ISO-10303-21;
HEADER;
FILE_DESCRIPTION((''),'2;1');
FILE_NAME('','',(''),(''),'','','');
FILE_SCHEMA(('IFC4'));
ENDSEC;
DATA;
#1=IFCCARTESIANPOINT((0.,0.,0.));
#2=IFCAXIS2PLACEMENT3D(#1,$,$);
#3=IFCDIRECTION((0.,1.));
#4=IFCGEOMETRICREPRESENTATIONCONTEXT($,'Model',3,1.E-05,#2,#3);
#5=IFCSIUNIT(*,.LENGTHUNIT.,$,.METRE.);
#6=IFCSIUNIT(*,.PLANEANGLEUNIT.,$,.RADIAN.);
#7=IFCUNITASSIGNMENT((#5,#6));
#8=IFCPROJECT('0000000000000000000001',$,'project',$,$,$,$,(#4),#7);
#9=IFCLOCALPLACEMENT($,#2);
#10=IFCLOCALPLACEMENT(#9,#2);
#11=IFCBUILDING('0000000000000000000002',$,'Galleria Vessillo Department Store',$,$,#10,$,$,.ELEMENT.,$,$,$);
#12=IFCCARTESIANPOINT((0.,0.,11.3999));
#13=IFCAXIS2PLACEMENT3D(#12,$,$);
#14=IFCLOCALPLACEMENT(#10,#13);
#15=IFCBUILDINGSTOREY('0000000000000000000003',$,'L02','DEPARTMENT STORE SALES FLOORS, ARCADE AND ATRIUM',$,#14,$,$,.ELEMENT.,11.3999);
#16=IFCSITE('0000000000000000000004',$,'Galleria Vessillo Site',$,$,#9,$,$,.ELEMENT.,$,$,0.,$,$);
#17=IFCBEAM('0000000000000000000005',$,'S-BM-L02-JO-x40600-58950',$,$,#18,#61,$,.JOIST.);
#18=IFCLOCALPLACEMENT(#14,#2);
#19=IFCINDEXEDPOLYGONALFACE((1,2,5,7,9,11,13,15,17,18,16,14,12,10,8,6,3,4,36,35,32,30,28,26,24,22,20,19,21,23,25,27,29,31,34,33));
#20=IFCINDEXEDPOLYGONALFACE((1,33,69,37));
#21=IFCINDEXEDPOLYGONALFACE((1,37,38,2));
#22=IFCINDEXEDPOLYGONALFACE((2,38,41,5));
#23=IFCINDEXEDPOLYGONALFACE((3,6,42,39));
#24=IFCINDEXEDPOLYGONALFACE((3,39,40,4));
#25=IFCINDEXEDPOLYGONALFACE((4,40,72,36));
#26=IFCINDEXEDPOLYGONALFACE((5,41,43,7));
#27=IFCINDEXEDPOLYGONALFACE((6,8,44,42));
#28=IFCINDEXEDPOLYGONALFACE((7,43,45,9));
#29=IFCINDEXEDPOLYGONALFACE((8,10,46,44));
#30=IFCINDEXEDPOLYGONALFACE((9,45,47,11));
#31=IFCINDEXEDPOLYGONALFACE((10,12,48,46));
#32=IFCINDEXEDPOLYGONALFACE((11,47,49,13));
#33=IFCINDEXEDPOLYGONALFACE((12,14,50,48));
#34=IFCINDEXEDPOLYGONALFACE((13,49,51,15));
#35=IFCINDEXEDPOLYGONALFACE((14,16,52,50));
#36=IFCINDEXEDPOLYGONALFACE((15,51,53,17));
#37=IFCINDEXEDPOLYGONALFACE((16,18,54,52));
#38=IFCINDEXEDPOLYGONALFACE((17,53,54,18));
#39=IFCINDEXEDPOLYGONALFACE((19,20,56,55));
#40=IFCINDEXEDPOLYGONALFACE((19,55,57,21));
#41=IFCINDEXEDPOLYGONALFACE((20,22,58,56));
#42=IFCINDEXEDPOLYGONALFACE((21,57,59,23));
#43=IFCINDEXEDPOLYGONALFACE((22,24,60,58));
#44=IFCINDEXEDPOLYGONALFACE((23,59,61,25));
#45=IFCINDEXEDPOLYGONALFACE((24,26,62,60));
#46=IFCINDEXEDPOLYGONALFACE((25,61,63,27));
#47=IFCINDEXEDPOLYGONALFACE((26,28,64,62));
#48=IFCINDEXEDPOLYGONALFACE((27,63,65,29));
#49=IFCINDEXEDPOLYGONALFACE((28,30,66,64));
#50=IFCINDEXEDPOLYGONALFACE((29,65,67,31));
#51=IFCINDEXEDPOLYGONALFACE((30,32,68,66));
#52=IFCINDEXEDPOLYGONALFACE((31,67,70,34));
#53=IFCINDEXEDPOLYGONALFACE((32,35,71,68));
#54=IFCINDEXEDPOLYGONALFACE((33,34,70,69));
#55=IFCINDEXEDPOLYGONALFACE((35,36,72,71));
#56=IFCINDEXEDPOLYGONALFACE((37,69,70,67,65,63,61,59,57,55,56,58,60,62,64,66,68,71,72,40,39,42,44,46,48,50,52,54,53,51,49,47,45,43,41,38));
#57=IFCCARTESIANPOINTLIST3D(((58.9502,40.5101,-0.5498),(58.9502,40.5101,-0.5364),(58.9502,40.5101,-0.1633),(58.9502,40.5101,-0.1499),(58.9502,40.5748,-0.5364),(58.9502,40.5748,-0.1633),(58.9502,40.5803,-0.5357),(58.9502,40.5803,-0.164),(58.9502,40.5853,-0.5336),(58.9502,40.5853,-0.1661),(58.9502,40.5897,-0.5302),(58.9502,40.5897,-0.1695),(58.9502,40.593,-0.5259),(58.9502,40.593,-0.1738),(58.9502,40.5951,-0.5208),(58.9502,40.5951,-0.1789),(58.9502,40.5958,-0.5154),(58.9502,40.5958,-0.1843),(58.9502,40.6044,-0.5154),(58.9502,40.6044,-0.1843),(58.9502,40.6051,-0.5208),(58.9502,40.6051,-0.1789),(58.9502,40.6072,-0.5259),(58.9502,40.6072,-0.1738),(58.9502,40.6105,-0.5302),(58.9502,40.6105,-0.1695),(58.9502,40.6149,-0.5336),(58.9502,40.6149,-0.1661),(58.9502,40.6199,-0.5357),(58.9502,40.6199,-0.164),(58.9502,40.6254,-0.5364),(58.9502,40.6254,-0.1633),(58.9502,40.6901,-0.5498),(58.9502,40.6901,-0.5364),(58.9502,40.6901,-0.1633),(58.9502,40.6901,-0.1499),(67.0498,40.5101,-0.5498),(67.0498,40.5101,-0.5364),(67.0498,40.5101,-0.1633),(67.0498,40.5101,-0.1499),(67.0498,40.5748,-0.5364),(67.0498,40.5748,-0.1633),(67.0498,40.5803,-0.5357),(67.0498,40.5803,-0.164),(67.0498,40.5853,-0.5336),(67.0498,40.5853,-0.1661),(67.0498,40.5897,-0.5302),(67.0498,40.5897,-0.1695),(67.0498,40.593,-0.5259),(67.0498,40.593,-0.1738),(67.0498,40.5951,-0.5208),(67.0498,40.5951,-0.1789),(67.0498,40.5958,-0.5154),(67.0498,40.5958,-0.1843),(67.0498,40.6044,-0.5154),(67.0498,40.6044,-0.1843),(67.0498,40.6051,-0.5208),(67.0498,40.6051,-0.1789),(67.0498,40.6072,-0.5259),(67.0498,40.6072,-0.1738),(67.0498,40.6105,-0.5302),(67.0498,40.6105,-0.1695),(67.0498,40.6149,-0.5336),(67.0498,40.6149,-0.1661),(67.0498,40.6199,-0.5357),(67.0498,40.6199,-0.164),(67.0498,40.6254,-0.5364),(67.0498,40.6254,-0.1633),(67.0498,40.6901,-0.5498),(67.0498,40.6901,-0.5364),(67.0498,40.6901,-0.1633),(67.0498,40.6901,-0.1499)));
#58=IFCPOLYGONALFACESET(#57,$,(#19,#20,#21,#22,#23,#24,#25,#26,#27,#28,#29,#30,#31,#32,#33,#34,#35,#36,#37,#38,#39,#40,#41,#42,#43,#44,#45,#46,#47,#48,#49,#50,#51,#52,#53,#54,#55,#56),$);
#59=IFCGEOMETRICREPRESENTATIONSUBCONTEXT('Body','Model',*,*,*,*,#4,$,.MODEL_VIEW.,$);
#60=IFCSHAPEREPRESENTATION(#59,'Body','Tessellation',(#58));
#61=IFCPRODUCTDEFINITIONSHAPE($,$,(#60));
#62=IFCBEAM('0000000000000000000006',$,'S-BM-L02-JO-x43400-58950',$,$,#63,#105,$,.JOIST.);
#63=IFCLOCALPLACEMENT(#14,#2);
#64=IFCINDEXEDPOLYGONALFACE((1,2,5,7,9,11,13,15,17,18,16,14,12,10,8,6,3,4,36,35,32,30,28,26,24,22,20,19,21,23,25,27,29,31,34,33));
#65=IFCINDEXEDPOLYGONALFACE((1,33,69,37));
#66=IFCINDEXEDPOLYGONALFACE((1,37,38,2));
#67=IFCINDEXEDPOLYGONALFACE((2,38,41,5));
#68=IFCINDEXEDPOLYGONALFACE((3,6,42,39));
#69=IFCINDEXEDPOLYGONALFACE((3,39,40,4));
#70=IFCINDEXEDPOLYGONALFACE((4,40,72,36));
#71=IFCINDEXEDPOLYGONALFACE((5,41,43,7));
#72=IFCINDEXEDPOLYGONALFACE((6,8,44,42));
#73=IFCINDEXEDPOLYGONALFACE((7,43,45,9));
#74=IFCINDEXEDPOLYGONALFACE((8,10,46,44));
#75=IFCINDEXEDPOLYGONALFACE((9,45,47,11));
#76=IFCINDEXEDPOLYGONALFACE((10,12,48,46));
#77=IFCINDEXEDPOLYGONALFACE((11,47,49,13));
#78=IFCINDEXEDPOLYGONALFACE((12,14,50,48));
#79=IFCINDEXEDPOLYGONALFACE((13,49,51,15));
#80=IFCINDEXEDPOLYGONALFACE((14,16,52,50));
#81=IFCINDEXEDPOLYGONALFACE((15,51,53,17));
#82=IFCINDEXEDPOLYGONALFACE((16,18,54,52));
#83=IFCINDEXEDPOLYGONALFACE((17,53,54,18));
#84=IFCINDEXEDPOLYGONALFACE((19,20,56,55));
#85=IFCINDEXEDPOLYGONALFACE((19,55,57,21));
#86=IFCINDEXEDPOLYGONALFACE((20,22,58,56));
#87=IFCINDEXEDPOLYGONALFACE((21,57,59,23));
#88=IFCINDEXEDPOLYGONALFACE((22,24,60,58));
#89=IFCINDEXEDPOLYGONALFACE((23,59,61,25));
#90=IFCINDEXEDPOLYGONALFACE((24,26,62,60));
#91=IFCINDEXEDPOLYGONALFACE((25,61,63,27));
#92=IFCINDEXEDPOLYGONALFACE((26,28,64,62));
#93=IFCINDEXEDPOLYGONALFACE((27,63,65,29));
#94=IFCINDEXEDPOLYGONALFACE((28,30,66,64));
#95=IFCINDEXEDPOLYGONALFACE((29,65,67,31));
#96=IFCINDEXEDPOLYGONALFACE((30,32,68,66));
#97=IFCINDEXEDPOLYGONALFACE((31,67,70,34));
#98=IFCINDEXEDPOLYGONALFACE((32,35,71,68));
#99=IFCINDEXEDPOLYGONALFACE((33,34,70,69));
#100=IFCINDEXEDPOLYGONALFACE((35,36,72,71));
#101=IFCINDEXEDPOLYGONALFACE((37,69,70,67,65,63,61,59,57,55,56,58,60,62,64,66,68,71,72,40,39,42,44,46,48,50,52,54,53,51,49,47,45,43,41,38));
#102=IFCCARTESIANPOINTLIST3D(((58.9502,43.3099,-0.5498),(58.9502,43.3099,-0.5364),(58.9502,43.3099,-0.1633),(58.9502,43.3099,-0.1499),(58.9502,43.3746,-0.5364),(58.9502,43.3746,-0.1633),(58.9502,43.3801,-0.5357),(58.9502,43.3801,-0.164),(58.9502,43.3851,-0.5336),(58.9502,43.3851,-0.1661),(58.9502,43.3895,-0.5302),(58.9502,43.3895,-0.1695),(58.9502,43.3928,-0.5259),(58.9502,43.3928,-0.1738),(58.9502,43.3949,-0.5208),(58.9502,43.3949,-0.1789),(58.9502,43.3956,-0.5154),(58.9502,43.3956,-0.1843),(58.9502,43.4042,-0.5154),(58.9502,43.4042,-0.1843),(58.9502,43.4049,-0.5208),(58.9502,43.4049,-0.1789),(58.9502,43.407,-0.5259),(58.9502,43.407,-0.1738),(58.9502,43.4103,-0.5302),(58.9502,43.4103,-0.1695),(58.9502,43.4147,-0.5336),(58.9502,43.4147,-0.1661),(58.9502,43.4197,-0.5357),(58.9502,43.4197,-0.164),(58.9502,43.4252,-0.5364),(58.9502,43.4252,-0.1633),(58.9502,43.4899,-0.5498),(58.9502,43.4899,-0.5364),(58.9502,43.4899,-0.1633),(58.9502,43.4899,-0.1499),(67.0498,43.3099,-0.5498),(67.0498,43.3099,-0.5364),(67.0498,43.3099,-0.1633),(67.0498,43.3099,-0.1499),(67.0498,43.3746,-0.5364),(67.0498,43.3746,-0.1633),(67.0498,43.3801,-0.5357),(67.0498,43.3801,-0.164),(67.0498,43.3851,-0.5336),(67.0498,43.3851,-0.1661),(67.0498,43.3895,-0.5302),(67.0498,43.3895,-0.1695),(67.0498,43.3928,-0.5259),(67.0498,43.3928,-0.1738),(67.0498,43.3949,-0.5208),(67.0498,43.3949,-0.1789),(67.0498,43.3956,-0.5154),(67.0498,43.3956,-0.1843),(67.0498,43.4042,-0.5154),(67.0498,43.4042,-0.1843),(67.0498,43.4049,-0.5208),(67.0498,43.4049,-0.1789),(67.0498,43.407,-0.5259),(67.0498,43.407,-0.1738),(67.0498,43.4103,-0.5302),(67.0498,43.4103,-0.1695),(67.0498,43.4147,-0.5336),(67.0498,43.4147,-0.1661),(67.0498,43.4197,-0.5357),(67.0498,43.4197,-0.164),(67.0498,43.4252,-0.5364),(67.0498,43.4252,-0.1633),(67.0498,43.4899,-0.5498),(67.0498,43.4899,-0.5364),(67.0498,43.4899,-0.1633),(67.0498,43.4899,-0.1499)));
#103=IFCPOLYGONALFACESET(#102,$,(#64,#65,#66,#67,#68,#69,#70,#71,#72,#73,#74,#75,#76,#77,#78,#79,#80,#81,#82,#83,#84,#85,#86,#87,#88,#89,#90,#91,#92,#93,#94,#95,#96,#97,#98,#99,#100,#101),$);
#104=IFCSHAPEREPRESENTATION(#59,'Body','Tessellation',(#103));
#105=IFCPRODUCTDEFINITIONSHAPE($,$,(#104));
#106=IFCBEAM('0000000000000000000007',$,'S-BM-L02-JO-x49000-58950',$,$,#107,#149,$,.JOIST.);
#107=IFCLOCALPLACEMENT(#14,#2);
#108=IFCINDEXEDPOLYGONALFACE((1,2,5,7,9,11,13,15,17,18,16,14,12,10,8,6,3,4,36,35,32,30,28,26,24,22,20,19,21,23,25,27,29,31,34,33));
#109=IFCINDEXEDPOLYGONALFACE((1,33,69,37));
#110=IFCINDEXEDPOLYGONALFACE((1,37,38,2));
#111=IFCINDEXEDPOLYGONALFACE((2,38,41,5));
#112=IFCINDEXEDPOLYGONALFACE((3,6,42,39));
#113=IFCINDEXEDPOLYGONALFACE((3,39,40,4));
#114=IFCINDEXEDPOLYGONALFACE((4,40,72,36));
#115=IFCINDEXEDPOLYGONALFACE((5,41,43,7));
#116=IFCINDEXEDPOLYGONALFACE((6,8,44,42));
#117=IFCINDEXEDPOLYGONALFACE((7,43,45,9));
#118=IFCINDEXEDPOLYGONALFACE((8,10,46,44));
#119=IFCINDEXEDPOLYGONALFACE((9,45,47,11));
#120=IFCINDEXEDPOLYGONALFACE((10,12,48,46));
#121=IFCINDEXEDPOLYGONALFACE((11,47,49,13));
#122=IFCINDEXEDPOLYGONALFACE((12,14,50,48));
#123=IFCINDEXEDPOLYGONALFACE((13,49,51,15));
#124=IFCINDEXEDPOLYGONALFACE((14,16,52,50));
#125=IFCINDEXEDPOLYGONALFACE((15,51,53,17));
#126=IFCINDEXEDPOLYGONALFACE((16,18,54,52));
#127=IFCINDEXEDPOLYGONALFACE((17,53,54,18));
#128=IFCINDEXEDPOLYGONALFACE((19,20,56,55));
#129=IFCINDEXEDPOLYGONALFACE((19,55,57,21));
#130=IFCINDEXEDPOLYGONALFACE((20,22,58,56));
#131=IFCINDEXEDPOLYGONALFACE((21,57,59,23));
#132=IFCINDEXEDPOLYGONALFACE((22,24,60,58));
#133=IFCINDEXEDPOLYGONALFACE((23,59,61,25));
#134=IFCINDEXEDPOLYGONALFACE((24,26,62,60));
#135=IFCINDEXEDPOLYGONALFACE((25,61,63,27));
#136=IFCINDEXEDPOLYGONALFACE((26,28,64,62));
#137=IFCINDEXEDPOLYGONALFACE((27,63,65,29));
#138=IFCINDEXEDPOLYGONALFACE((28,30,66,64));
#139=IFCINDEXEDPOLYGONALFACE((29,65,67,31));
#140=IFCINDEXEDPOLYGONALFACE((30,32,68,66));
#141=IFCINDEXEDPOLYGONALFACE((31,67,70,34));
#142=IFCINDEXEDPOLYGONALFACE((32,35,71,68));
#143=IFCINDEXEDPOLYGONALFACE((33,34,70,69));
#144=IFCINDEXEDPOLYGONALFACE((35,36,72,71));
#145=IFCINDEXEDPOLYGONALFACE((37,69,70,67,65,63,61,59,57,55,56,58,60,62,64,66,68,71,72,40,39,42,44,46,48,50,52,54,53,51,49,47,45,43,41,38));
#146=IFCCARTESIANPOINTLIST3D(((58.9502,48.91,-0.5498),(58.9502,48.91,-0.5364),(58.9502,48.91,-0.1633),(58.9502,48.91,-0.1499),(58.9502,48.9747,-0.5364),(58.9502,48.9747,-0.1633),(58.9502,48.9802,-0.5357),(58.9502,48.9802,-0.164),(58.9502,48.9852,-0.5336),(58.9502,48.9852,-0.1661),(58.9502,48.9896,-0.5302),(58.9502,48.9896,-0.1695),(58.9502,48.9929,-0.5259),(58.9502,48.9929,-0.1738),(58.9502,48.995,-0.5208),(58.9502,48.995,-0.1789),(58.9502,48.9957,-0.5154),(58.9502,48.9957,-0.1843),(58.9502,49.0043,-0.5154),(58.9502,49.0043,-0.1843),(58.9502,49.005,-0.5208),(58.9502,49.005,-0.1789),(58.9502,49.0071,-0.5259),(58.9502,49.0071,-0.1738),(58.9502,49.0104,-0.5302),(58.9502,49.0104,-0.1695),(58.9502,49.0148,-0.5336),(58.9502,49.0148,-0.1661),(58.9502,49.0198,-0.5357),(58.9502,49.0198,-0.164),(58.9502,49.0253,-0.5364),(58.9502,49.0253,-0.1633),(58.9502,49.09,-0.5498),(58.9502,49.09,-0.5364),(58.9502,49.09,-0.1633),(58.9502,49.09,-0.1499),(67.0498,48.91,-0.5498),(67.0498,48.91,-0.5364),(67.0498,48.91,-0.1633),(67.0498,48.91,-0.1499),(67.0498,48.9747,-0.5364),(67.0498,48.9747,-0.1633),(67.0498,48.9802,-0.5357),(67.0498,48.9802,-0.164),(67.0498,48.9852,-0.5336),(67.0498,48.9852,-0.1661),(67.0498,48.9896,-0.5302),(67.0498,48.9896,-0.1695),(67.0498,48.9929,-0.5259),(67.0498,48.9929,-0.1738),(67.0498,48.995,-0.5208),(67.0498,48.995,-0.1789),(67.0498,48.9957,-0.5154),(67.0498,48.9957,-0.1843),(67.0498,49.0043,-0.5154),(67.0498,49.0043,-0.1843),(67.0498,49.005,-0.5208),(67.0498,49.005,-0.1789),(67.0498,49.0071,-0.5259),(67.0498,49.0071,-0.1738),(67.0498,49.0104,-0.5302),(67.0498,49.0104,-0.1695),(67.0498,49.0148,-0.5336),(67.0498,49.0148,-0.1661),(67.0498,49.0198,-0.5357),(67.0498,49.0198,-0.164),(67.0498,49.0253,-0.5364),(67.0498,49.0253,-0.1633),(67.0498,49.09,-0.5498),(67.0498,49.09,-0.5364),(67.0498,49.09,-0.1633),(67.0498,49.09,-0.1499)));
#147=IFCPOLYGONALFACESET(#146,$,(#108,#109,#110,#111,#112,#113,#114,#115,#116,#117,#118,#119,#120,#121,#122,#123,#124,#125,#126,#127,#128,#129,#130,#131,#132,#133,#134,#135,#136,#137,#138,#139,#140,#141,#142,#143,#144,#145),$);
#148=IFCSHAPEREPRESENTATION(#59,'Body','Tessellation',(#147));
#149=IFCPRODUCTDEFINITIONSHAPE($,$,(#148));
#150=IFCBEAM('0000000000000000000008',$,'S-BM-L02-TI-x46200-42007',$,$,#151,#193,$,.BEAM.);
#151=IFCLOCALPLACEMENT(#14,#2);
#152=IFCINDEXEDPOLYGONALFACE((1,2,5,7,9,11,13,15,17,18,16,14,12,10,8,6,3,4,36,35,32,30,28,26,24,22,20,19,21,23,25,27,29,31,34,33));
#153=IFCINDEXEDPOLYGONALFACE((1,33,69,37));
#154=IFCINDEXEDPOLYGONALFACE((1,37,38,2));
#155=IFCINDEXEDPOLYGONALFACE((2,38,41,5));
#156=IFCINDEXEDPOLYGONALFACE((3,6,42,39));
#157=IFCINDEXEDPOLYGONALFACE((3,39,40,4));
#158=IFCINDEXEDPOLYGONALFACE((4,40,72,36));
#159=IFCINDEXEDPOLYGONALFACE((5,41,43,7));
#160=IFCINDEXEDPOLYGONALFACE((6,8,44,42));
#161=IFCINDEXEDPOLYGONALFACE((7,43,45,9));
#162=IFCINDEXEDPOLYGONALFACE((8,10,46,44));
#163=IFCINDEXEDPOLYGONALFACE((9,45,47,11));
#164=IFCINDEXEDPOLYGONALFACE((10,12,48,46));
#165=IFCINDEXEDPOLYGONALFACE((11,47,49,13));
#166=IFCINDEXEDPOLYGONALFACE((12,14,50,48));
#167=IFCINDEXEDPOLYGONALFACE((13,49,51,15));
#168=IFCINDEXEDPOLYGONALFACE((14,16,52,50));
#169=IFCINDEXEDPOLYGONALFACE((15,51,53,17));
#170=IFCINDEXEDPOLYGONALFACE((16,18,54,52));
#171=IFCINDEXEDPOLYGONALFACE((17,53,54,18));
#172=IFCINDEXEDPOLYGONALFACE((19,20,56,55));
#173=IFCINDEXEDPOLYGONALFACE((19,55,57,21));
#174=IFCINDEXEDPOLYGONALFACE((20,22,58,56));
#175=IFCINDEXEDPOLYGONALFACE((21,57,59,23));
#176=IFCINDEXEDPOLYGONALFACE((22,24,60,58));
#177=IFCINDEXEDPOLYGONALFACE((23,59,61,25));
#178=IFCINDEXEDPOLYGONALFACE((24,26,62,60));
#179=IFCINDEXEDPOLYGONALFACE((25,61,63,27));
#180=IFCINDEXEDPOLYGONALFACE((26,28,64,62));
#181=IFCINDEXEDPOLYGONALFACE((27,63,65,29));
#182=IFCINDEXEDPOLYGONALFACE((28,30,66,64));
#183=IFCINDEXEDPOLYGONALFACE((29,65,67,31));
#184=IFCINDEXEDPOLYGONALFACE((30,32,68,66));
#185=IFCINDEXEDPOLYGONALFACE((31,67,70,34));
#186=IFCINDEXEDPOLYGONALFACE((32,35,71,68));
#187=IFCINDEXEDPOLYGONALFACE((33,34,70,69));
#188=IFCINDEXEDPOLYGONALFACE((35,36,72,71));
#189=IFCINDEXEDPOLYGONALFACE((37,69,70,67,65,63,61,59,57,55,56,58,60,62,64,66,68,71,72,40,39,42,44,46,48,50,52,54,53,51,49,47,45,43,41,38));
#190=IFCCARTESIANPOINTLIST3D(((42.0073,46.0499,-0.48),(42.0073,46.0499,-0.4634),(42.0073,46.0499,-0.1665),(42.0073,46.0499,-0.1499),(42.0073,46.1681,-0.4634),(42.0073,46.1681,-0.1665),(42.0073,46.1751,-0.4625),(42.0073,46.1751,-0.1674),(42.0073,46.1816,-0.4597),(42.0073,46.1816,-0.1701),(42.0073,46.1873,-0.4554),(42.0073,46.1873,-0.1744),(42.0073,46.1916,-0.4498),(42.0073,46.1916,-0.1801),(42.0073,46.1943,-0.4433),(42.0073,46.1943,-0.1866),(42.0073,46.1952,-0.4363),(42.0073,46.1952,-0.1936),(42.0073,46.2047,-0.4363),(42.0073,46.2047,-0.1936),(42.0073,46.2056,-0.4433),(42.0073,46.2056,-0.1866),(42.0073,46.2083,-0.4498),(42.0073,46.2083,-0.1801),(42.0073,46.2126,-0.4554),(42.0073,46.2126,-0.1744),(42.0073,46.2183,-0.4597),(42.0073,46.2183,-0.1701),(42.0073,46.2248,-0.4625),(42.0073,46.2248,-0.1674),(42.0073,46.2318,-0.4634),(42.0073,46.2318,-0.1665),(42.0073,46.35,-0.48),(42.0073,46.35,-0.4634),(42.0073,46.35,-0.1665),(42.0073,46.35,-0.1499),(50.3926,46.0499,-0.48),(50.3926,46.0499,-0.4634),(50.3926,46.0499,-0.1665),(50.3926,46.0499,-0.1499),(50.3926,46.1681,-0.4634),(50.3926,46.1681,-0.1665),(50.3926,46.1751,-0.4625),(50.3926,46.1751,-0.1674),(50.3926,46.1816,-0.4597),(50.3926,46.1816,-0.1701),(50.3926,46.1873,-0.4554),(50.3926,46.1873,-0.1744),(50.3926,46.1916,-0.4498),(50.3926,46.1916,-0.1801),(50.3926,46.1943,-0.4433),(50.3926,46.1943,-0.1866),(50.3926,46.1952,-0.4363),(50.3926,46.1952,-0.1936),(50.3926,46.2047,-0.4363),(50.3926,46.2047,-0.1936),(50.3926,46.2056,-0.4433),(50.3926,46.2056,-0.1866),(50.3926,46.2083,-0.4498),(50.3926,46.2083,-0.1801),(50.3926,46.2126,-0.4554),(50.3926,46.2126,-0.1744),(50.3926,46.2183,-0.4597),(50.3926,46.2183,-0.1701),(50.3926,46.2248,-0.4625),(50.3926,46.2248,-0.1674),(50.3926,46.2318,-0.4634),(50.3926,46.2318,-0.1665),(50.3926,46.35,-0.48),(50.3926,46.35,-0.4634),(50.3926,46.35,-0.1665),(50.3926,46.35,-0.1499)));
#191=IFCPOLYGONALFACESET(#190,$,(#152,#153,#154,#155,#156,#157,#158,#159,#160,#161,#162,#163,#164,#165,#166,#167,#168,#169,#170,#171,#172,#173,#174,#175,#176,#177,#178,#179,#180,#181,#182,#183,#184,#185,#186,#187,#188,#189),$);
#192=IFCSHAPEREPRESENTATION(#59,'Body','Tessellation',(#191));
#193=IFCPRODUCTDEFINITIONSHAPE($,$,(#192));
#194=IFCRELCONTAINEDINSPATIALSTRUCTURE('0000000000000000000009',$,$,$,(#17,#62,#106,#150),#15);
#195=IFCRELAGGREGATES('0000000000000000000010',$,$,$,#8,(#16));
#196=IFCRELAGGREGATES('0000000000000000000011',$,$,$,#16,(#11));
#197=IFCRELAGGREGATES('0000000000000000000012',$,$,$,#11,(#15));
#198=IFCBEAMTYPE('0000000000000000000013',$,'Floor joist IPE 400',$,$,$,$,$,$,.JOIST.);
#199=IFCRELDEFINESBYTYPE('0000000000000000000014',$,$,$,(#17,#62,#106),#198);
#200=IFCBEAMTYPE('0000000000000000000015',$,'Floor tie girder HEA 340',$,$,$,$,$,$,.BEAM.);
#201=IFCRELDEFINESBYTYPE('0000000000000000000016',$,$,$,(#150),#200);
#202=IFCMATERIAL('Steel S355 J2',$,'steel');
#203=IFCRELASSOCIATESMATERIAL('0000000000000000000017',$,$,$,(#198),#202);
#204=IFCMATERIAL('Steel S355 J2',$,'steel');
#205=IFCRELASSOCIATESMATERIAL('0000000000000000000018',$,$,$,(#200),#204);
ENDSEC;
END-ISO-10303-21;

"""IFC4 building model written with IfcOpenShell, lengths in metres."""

from ifc_helpers import new_model, si_unit, direction, frame, origin, origin_2d, place, context, subcontext, project, spatial, i_section, extrude, material, material_profile, profile_set, type_object, element, save


model = new_model("IFC4")

# Units and contexts
model_context = context("Model", 3, precision=1e-05, world=origin(), true_north=direction((0.0, 1.0)))
body_context = subcontext(model_context, "Body", "Model", "MODEL_VIEW")
ifc_project = project(units=[si_unit("LENGTHUNIT", "METRE"), si_unit("PLANEANGLEUNIT", "RADIAN")], contexts=[model_context])

# Site, building, storey
site_placement = place(None, origin())
site = spatial("IfcSite", under=ifc_project, at=site_placement, Name="Galleria Vessillo Site", CompositionType="ELEMENT", RefElevation=0.0)
building_placement = place(site_placement, origin())
building = spatial("IfcBuilding", under=site, at=building_placement, Name="Galleria Vessillo Department Store", CompositionType="ELEMENT")
storey_placement = place(building_placement, frame((0.0, 0.0, 11.3999)))
storey = spatial("IfcBuildingStorey", under=building, at=storey_placement, Name="L02", Description="DEPARTMENT STORE SALES FLOORS, ARCADE AND ATRIUM", CompositionType="ELEMENT", Elevation=11.3999)

# Beams
ifc_material_1 = material(Name="Steel S355 J2", Category="steel")
ifc_material_profile_1 = material_profile(ifc_material_1, i_section(OverallWidth=0.1799, OverallDepth=0.3999, WebThickness=0.0085, FlangeThickness=0.0134, FilletRadius=0.021, at=origin_2d()), Name="IPE 400")
ifc_profile_set_1 = profile_set([ifc_material_profile_1], Name="Steel S355 J2")
beam_type_1 = type_object("IfcBeamType", Name="Floor joist IPE 400", PredefinedType="JOIST", material=ifc_profile_set_1)
for number, where, z_axis, x_axis, name in (
    (1, (58.9502, 40.6001, -0.3499), (1.0, 0.0, 0.0), (0.0, 1.0, 0.0), "S-BM-L02-JO-x40600-58950"),
    (2, (58.9502, 43.3999, -0.3499), (1.0, 0.0, 0.0), (0.0, 1.0, 0.0), "S-BM-L02-JO-x43400-58950"),
    (3, (58.9502, 49.0, -0.3499), (1.0, 0.0, 0.0), (0.0, 1.0, 0.0), "S-BM-L02-JO-x49000-58950"),
):
    element("IfcBeam", number, at=place(storey_placement, frame(where, z_axis=z_axis, x_axis=x_axis)), inside=storey, type_object=beam_type_1, Name=name, PredefinedType="JOIST", context=body_context, shape_type="SweptSolid", body=[
        extrude(i_section(OverallWidth=0.1799, OverallDepth=0.3999, WebThickness=0.0085, FlangeThickness=0.0134, FilletRadius=0.021, at=origin_2d()), origin(), (0.0, 0.0, 1.0), 8.0996),
    ])
ifc_material_2 = material(Name="Steel S355 J2", Category="steel")
ifc_material_profile_2 = material_profile(ifc_material_2, i_section(OverallWidth=0.3, OverallDepth=0.3301, WebThickness=0.0095, FlangeThickness=0.0166, FilletRadius=0.0271, at=origin_2d()), Name="HEA 340")
ifc_profile_set_2 = profile_set([ifc_material_profile_2], Name="Steel S355 J2")
beam_type_2 = type_object("IfcBeamType", Name="Floor tie girder HEA 340", PredefinedType="BEAM", material=ifc_profile_set_2)
for number, where, z_axis, x_axis, name in (
    (4, (42.0073, 46.2, -0.3149), (1.0, 0.0, 0.0), (0.0, 1.0, 0.0), "S-BM-L02-TI-x46200-42007"),
):
    element("IfcBeam", number, at=place(storey_placement, frame(where, z_axis=z_axis, x_axis=x_axis)), inside=storey, type_object=beam_type_2, Name=name, PredefinedType="BEAM", context=body_context, shape_type="SweptSolid", body=[
        extrude(i_section(OverallWidth=0.3, OverallDepth=0.3301, WebThickness=0.0095, FlangeThickness=0.0166, FilletRadius=0.0271, at=origin_2d()), origin(), (0.0, 0.0, 1.0), 8.3853),
    ])

save(model, "model.ifc")
